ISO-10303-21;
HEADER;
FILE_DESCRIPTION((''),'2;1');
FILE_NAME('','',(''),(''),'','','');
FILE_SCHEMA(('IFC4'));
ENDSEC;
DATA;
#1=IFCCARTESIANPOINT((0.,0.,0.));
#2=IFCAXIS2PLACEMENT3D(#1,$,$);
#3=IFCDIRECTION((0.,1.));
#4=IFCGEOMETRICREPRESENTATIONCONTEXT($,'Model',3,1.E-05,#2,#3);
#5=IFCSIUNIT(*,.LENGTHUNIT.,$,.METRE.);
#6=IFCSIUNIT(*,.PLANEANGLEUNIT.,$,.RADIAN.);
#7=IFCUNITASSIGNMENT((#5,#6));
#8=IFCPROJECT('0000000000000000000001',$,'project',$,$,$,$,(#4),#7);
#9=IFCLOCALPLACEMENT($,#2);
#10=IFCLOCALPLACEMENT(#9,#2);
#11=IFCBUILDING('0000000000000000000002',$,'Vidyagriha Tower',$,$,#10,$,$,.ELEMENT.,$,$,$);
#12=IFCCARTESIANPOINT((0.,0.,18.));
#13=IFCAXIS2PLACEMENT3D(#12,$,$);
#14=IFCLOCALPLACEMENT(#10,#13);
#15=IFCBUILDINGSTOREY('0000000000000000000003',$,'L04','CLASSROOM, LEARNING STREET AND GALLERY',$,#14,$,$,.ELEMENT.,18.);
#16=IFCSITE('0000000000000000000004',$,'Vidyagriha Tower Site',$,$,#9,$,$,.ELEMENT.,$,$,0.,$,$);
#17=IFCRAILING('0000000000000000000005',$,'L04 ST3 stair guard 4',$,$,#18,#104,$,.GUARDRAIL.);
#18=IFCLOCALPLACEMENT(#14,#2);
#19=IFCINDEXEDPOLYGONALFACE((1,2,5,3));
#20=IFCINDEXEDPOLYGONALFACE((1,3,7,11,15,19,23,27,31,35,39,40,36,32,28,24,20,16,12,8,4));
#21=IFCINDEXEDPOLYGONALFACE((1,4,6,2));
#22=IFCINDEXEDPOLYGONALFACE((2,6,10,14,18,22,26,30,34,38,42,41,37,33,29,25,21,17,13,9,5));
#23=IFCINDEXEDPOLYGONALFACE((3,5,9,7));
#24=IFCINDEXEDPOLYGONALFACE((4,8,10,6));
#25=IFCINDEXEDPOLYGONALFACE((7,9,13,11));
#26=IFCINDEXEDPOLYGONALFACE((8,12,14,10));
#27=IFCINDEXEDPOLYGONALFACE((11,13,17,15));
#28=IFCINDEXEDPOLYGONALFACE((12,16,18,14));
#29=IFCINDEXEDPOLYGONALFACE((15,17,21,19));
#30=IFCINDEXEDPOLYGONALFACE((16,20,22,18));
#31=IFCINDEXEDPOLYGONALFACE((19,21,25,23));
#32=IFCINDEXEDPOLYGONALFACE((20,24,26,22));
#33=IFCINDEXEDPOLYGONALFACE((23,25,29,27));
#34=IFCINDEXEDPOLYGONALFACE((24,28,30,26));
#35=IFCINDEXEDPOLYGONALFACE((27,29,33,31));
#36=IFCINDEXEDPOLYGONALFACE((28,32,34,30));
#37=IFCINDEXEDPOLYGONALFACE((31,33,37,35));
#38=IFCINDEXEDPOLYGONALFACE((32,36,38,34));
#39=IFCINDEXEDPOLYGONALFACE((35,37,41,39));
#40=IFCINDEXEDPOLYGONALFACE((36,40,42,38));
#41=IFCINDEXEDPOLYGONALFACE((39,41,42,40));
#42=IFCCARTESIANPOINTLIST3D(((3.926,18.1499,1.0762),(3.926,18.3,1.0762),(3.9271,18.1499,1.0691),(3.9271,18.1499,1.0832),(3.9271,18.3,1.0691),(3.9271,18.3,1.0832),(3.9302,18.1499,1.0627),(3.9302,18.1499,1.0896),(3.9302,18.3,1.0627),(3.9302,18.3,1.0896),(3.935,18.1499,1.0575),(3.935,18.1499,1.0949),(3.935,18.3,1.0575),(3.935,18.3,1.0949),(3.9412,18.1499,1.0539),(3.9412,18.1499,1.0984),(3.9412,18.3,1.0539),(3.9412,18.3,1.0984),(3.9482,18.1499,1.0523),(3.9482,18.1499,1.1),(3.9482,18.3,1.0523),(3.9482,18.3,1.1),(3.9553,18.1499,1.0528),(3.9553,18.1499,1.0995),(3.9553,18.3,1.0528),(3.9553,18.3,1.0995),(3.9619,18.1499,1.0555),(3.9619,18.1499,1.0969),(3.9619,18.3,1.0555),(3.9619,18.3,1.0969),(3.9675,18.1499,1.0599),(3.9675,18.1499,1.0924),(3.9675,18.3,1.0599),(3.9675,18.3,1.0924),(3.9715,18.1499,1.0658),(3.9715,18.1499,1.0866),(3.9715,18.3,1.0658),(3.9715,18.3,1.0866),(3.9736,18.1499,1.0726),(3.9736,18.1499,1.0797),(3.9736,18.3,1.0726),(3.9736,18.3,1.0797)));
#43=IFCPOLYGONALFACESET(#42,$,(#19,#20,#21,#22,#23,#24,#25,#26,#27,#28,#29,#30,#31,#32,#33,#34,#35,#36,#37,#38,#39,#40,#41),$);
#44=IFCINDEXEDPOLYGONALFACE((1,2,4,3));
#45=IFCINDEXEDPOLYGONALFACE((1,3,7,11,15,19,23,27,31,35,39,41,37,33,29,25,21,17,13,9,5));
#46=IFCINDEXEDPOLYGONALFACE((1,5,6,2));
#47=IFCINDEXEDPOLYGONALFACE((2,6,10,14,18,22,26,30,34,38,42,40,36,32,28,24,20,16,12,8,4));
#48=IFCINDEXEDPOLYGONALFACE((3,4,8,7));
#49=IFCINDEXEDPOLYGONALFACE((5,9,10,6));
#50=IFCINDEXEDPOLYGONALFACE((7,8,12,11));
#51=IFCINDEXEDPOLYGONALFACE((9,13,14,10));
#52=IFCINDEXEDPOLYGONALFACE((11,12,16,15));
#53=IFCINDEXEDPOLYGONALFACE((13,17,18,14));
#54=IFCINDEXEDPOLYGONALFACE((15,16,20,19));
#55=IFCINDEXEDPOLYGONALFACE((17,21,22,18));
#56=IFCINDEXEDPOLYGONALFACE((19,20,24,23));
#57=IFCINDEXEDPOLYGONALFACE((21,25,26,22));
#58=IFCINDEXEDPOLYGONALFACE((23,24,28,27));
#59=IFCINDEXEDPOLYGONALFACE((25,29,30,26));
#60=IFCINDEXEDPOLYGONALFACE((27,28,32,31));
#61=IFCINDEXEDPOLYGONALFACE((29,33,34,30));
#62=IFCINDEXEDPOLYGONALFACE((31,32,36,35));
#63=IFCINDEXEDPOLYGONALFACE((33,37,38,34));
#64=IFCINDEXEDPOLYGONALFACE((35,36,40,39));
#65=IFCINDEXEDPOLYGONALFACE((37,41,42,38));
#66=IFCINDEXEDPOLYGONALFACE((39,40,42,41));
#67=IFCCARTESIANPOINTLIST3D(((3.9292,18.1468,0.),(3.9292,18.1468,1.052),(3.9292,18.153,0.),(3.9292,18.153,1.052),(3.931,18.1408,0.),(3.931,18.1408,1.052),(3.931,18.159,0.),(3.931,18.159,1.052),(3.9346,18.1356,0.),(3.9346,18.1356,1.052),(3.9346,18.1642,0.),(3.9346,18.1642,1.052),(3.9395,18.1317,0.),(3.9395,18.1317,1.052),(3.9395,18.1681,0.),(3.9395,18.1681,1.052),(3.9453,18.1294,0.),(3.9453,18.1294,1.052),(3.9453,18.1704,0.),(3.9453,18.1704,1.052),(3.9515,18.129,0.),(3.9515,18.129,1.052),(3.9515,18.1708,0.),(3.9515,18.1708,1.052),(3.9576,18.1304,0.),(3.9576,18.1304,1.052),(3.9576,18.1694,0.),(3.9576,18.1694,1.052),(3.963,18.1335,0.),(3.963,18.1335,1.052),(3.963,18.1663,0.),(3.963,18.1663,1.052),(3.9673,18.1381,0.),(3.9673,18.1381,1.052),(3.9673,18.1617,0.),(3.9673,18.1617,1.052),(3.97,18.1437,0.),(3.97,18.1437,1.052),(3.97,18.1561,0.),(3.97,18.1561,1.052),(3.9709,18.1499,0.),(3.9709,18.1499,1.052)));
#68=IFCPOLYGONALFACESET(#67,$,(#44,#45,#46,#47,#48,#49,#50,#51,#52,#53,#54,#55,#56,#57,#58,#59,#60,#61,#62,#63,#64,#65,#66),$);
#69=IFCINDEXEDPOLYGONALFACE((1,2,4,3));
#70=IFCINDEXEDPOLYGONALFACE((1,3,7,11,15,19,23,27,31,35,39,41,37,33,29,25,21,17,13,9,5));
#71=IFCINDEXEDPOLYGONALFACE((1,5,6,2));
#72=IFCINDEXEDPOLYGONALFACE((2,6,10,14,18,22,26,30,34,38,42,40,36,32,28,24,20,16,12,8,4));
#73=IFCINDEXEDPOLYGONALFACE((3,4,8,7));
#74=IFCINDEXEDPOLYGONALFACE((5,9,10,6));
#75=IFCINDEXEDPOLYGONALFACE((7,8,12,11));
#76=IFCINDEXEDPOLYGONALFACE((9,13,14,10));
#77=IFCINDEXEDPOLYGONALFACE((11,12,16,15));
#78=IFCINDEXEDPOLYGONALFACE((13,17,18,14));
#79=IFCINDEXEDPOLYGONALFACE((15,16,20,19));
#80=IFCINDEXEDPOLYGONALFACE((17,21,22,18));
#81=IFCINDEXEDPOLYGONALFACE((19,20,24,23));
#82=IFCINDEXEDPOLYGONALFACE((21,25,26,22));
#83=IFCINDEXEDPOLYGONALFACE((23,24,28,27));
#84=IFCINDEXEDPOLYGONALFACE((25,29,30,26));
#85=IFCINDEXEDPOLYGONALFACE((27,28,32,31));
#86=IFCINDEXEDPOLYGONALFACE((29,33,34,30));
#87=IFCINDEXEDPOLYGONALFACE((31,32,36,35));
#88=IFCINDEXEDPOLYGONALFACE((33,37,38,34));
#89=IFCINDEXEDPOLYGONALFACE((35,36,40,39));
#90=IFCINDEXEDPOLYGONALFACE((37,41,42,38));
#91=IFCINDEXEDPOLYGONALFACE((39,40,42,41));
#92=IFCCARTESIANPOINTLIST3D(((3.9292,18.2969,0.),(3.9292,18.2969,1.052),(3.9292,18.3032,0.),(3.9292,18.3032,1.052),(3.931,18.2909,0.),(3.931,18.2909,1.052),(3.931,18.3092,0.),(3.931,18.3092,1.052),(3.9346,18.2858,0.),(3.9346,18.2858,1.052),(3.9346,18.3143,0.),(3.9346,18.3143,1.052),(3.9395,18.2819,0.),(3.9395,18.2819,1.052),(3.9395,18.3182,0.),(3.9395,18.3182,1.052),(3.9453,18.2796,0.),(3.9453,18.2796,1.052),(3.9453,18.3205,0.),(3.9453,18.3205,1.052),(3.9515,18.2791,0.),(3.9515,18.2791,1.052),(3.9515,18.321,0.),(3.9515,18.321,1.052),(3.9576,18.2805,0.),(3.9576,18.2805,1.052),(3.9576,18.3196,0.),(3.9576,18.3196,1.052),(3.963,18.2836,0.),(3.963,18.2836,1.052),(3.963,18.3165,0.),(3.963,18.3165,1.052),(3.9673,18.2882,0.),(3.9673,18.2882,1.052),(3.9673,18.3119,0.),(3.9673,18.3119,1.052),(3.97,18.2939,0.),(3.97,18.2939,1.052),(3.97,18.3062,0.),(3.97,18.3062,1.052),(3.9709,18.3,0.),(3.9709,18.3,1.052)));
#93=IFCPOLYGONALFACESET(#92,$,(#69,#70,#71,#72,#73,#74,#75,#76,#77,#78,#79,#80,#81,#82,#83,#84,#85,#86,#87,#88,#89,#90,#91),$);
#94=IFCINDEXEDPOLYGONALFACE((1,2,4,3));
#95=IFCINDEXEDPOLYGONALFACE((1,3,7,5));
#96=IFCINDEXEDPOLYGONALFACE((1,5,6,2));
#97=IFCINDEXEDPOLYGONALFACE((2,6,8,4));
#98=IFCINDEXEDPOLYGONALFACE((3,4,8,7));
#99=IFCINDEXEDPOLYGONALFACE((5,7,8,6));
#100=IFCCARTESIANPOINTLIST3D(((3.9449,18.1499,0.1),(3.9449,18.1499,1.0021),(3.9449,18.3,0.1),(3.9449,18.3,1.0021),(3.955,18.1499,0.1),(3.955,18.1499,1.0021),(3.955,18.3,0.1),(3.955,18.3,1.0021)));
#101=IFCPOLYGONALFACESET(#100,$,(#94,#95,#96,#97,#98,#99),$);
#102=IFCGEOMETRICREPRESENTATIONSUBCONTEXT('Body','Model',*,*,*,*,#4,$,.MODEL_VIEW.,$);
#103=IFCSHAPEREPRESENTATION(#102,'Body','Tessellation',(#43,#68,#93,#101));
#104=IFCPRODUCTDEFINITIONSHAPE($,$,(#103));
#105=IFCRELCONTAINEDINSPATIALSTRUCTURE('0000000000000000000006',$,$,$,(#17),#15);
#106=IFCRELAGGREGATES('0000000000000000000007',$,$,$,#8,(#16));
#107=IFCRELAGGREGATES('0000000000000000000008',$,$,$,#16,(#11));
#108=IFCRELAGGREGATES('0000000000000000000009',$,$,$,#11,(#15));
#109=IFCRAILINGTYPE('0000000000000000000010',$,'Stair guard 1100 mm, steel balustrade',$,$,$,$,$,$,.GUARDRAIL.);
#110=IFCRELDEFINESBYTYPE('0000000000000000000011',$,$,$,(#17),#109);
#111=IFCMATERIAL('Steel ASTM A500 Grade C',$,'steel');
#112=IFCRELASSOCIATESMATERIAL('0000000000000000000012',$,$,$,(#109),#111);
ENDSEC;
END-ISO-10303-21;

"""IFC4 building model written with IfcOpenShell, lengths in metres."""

from ifc_helpers import new_model, si_unit, direction, frame, origin, origin_2d, place, context, subcontext, project, spatial, rectangle, circle, extrude, material, type_object, element, save


model = new_model("IFC4")

# Units and contexts
model_context = context("Model", 3, precision=1e-05, world=origin(), true_north=direction((0.0, 1.0)))
body_context = subcontext(model_context, "Body", "Model", "MODEL_VIEW")
ifc_project = project(units=[si_unit("LENGTHUNIT", "METRE"), si_unit("PLANEANGLEUNIT", "RADIAN")], contexts=[model_context])

# Site, building, storey
site_placement = place(None, origin())
site = spatial("IfcSite", under=ifc_project, at=site_placement, Name="Vidyagriha Tower Site", CompositionType="ELEMENT", RefElevation=0.0)
building_placement = place(site_placement, origin())
building = spatial("IfcBuilding", under=site, at=building_placement, Name="Vidyagriha Tower", CompositionType="ELEMENT")
storey_placement = place(building_placement, frame((0.0, 0.0, 18.0)))
storey = spatial("IfcBuildingStorey", under=building, at=storey_placement, Name="L04", Description="CLASSROOM, LEARNING STREET AND GALLERY", CompositionType="ELEMENT", Elevation=18.0)

# Railing
ifc_material_1 = material(Name="Steel ASTM A500 Grade C", Category="steel")
railing_type_1 = type_object("IfcRailingType", Name="Stair guard 1100 mm, steel balustrade", PredefinedType="GUARDRAIL", material=ifc_material_1)
railing_1_placement = place(storey_placement, frame((3.95, 18.1499, 0.0)))
element("IfcRailing", 1, at=railing_1_placement, inside=storey, type_object=railing_type_1, Name="L04 ST3 stair guard 4", PredefinedType="GUARDRAIL", context=body_context, shape_type="SweptSolid", body=[
    extrude(circle(Radius=0.0239, at=origin_2d()), frame((0.0, 0.0, 1.0762), z_axis=(0.0, 1.0, 0.0), x_axis=(-1.0, 0.0, 0.0)), (0.0, 0.0, 1.0), 0.1501),
    extrude(circle(Radius=0.021, at=origin_2d()), origin(), (0.0, 0.0, 1.0), 1.052),
    extrude(circle(Radius=0.021, at=origin_2d()), frame((0.0, 0.1501, 0.0)), (0.0, 0.0, 1.0), 1.052),
    extrude(rectangle(XDim=0.01, YDim=0.9021, at=origin_2d()), frame((0.0, 0.0, 0.551), z_axis=(0.0, 1.0, 0.0), x_axis=(-1.0, 0.0, 0.0)), (0.0, 0.0, 1.0), 0.1501),
])

save(model, "model.ifc")
